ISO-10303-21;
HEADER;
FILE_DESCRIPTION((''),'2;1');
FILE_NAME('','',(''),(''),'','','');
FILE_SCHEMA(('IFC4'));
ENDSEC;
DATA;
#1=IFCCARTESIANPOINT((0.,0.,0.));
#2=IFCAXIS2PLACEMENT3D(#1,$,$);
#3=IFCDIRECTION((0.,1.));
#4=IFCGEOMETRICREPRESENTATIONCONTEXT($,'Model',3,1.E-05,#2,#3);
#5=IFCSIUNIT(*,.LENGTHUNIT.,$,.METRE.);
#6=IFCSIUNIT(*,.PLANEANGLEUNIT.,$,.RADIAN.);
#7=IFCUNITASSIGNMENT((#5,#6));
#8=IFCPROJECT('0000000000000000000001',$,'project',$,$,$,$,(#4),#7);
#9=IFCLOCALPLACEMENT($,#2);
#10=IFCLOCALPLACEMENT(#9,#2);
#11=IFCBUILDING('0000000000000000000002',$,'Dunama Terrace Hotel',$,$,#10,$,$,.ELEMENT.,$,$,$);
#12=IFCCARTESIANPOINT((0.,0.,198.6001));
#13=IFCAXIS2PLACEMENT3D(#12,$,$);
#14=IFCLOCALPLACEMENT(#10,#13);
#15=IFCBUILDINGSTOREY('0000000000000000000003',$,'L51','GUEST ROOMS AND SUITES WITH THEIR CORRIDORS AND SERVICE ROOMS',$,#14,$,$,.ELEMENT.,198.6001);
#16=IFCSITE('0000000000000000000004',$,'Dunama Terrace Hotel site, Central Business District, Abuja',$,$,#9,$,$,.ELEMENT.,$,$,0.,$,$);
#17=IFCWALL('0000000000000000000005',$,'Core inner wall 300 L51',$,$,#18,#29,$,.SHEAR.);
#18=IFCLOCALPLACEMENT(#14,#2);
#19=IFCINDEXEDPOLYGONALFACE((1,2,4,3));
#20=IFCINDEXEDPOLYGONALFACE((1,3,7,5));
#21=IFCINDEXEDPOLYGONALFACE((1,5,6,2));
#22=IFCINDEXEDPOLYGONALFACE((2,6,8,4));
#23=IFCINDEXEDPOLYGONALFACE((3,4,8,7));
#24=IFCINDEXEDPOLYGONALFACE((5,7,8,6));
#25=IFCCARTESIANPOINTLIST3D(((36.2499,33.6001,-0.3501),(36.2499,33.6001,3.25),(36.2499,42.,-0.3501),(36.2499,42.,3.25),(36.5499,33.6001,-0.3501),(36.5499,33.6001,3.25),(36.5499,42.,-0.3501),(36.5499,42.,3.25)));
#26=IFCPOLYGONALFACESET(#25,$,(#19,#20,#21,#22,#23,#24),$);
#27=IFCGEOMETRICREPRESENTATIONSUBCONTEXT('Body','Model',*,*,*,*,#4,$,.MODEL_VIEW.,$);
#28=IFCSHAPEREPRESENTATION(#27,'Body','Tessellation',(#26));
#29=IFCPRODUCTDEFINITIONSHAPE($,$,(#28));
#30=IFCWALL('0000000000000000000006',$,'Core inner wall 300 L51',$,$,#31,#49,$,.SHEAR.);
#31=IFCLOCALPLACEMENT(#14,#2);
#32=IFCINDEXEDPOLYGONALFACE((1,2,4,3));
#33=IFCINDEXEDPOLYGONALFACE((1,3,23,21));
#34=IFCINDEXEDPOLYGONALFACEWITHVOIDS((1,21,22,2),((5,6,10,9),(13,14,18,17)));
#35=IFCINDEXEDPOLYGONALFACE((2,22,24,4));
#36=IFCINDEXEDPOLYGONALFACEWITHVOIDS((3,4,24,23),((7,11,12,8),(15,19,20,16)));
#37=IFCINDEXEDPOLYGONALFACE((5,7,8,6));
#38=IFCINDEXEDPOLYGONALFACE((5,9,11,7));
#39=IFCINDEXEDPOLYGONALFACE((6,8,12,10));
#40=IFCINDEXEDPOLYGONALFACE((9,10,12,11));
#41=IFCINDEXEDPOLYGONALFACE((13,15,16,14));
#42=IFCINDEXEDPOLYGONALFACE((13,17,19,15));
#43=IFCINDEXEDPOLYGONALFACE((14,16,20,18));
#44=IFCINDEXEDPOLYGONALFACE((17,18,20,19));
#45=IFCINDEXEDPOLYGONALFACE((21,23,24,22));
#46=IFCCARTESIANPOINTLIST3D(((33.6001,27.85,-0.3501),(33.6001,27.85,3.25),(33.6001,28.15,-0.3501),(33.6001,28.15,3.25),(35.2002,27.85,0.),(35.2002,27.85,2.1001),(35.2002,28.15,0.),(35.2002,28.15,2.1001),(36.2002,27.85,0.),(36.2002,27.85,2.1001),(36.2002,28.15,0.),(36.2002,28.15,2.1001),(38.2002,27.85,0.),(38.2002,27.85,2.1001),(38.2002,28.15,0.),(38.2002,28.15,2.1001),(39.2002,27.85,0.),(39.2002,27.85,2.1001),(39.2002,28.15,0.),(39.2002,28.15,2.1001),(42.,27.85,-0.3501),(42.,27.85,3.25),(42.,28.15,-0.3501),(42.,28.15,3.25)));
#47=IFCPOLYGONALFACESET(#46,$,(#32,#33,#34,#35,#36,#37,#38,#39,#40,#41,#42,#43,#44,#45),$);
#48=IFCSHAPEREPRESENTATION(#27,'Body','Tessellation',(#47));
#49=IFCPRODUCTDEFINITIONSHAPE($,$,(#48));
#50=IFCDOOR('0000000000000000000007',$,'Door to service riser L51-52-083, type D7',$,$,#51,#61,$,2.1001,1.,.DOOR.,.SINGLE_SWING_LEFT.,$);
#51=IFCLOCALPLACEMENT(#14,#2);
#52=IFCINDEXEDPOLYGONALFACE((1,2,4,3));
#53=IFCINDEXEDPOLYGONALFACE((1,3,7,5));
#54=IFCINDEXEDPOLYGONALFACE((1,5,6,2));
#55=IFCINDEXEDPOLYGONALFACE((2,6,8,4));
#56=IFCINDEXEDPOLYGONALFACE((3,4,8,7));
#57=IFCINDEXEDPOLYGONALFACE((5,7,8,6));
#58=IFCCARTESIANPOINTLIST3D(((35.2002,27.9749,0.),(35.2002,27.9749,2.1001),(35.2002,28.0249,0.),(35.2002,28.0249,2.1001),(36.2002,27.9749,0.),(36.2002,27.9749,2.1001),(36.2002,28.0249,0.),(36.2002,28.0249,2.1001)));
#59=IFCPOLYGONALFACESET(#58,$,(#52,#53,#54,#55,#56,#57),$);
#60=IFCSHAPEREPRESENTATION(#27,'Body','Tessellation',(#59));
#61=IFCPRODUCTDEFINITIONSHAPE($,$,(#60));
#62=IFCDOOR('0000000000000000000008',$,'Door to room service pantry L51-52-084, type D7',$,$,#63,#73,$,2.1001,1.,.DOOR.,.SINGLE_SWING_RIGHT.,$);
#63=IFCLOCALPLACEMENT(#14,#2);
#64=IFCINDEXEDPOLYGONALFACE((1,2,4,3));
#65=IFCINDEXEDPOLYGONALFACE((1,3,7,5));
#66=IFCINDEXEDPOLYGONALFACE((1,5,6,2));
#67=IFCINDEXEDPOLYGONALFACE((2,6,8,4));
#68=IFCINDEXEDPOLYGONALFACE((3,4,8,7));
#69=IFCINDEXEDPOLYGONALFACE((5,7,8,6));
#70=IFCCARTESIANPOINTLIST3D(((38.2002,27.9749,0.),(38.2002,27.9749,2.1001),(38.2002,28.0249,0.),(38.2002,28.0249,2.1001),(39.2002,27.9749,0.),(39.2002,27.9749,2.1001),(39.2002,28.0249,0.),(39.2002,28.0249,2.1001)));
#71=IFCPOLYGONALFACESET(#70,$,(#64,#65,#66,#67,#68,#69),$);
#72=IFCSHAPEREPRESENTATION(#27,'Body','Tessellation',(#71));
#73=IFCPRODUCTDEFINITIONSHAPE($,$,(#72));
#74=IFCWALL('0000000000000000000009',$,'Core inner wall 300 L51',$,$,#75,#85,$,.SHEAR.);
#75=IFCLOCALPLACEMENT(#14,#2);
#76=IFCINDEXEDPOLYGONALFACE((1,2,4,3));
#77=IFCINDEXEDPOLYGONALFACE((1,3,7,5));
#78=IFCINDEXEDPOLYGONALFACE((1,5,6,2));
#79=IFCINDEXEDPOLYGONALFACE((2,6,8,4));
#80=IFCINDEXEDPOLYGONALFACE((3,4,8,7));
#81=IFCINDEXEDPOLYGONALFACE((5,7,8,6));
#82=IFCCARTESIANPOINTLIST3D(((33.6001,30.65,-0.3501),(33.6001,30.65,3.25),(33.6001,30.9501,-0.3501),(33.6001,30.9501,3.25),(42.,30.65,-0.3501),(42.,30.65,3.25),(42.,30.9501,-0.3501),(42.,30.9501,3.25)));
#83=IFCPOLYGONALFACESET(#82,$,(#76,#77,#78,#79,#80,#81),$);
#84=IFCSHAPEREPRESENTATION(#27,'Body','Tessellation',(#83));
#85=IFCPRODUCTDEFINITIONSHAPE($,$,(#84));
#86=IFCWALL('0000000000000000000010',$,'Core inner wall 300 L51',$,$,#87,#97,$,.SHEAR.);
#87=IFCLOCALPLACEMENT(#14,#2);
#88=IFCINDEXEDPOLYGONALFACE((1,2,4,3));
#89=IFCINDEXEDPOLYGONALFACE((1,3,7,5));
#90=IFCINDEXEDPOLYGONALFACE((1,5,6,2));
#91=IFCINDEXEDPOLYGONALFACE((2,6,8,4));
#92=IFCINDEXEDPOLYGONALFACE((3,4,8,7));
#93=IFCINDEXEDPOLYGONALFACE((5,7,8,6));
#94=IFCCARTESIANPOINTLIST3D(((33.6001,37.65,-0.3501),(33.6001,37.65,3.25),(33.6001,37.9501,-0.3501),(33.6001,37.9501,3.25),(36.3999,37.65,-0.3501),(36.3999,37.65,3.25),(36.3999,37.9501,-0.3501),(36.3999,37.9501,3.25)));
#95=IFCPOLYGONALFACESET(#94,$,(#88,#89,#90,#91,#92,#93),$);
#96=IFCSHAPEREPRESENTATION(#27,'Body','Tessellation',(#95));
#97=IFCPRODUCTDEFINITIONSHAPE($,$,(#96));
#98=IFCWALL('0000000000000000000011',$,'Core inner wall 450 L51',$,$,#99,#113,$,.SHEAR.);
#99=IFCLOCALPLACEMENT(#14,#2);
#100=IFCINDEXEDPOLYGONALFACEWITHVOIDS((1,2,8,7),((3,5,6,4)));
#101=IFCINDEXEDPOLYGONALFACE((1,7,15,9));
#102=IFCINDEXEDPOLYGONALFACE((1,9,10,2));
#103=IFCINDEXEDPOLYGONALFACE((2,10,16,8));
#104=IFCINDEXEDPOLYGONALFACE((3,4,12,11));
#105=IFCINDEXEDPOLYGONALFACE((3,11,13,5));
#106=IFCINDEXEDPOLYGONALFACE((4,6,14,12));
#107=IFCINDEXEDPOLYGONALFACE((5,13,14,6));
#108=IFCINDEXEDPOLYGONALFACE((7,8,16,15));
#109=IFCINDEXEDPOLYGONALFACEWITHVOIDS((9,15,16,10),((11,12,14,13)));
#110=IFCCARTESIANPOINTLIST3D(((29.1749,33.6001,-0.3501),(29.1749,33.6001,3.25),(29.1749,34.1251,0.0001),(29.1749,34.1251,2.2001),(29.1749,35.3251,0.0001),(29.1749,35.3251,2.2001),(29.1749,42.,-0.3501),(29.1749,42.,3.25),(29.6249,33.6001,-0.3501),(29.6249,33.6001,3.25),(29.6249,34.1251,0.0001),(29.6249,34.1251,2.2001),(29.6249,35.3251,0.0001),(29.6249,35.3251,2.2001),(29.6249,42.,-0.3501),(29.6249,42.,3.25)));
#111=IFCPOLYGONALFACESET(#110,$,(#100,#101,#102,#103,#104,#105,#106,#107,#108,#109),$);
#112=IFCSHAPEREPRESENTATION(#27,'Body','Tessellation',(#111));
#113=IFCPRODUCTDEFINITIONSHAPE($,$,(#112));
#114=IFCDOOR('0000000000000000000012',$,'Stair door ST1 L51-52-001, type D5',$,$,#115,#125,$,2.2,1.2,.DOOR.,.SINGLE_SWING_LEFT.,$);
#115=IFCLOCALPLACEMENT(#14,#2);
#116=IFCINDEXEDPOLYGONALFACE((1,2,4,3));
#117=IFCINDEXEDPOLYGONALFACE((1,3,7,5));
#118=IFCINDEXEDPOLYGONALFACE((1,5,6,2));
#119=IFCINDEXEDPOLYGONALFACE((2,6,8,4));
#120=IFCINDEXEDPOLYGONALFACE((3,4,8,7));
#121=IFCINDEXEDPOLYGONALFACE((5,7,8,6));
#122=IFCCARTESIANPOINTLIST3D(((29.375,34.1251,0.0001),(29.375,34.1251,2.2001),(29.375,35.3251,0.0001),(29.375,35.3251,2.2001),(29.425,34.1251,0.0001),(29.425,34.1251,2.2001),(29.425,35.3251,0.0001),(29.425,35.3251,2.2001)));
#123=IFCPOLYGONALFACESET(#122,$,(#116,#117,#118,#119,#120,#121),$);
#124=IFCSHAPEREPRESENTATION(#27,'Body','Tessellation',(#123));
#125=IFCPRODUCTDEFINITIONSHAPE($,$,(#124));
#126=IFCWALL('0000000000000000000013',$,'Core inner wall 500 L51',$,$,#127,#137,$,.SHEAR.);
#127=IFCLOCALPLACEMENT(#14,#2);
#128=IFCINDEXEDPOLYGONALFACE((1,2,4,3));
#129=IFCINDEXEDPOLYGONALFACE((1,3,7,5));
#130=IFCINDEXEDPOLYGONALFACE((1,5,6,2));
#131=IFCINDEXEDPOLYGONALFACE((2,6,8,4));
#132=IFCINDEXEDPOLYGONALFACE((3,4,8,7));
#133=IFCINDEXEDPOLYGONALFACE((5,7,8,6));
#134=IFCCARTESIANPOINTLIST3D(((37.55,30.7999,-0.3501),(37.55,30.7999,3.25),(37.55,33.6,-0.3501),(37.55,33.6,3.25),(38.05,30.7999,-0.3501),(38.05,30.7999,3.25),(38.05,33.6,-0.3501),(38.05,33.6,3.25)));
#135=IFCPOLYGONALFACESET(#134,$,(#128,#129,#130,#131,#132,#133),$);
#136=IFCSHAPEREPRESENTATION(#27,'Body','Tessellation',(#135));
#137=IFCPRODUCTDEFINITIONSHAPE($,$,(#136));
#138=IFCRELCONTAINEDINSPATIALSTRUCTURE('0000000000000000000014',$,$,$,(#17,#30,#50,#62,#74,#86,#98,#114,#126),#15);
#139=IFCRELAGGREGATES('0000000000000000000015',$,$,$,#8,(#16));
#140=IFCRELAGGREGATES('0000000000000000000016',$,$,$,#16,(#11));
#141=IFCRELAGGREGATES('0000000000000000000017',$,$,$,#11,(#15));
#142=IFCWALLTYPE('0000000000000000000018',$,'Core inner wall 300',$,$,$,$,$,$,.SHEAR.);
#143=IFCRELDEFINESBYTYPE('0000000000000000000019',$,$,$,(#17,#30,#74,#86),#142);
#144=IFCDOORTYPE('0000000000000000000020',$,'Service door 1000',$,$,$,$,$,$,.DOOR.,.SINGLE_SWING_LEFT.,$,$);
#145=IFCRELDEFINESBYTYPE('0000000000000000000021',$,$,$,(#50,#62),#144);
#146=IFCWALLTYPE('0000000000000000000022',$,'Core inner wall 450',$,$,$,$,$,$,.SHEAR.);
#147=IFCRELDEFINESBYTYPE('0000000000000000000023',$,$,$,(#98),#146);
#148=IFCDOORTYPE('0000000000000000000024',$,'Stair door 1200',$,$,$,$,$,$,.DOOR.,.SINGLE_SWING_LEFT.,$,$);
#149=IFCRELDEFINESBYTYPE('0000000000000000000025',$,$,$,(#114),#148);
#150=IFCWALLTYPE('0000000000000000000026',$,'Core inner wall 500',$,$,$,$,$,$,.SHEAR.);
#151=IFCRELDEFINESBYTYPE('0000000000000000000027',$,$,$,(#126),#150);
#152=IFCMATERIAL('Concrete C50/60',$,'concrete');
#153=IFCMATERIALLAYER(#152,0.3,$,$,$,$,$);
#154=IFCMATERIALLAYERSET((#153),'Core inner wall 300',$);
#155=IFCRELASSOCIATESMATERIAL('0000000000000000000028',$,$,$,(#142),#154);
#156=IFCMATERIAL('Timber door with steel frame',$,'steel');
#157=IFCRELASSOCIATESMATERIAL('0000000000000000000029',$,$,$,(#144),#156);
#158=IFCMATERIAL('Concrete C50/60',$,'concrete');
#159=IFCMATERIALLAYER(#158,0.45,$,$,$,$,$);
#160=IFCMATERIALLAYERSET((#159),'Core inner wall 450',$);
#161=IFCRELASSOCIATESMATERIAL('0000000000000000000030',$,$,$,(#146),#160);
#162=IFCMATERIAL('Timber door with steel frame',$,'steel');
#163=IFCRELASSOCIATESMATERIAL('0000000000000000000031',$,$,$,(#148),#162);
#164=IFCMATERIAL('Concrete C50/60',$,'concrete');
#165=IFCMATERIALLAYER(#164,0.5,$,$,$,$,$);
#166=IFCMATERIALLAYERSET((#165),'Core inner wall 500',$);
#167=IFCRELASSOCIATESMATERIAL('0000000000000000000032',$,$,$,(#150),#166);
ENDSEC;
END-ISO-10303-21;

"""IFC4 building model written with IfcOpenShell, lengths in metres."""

from ifc_helpers import new_model, si_unit, direction, frame, frame_2d, origin, place, context, subcontext, project, spatial, rectangle, extrude, material, layer, layer_set, type_object, element, fill, save


model = new_model("IFC4")

# Units and contexts
model_context = context("Model", 3, precision=1e-05, world=origin(), true_north=direction((0.0, 1.0)))
body_context = subcontext(model_context, "Body", "Model", "MODEL_VIEW")
ifc_project = project(units=[si_unit("LENGTHUNIT", "METRE"), si_unit("PLANEANGLEUNIT", "RADIAN")], contexts=[model_context])

# Site, building, storey
site_placement = place(None, origin())
site = spatial("IfcSite", under=ifc_project, at=site_placement, Name="Dunama Terrace Hotel site, Central Business District, Abuja", CompositionType="ELEMENT", RefElevation=0.0)
building_placement = place(site_placement, origin())
building = spatial("IfcBuilding", under=site, at=building_placement, Name="Dunama Terrace Hotel", CompositionType="ELEMENT")
storey_placement = place(building_placement, frame((0.0, 0.0, 198.6001)))
storey = spatial("IfcBuildingStorey", under=building, at=storey_placement, Name="L51", Description="GUEST ROOMS AND SUITES WITH THEIR CORRIDORS AND SERVICE ROOMS", CompositionType="ELEMENT", Elevation=198.6001)

# Wall
ifc_material_1 = material(Name="Concrete C50/60", Category="concrete")
ifc_layer_1 = layer(ifc_material_1, 0.3)
ifc_layer_set_1 = layer_set([ifc_layer_1], Name="Core inner wall 300")
wall_type_1 = type_object("IfcWallType", Name="Core inner wall 300", PredefinedType="SHEAR", material=ifc_layer_set_1)
wall_1_placement = place(storey_placement, frame((36.3999, 33.6001, -0.3501), z_axis=(0.0, 0.0, 1.0), x_axis=(0.0, 1.0, 0.0)))
element("IfcWall", 1, at=wall_1_placement, inside=storey, type_object=wall_type_1, Name="Core inner wall 300 L51", PredefinedType="SHEAR", context=body_context, shape_type="SweptSolid", body=[
    extrude(rectangle(XDim=8.3999, YDim=0.3, at=frame_2d((4.2, 0.0))), origin(), (0.0, 0.0, 1.0), 3.6001),
])

# Wall, openings, doors
wall_2_placement = place(storey_placement, frame((33.6001, 28.0, -0.3501), z_axis=(0.0, 0.0, 1.0), x_axis=(1.0, 0.0, 0.0)))
wall_2 = element("IfcWall", 2, at=wall_2_placement, inside=storey, type_object=wall_type_1, Name="Core inner wall 300 L51", PredefinedType="SHEAR", context=body_context, shape_type="SweptSolid", body=[
    extrude(rectangle(XDim=8.3999, YDim=0.3, at=frame_2d((4.2, 0.0))), origin(), (0.0, 0.0, 1.0), 3.6001),
])
opening_1_placement = place(wall_2_placement, frame((1.6001, 0.0, 0.3501)))
opening_1 = element("IfcOpeningElement", 3, at=opening_1_placement, cuts=wall_2, PredefinedType="OPENING", context=body_context, shape_type="SweptSolid", body=[
    extrude(rectangle(XDim=1.0, YDim=2.1001, at=frame_2d((0.5, 1.05))), frame((0.0, 0.1599, 0.0), z_axis=(0.0, -1.0, 0.0), x_axis=(1.0, 0.0, 0.0)), (0.0, 0.0, 1.0), 0.3201),
])
opening_2_placement = place(wall_2_placement, frame((4.6001, 0.0, 0.3501)))
opening_2 = element("IfcOpeningElement", 4, at=opening_2_placement, cuts=wall_2, PredefinedType="OPENING", context=body_context, shape_type="SweptSolid", body=[
    extrude(rectangle(XDim=1.0, YDim=2.1001, at=frame_2d((0.5, 1.05))), frame((0.0, 0.1599, 0.0), z_axis=(0.0, -1.0, 0.0), x_axis=(1.0, 0.0, 0.0)), (0.0, 0.0, 1.0), 0.3201),
])
ifc_material_2 = material(Name="Timber door with steel frame", Category="steel")
door_type_1 = type_object("IfcDoorType", Name="Service door 1000", OperationType="SINGLE_SWING_LEFT", PredefinedType="DOOR", material=ifc_material_2)
door_1_placement = place(opening_1_placement, frame((1.0, 0.0, 0.0), z_axis=(0.0, 0.0, 1.0), x_axis=(-1.0, 0.0, 0.0)))
door_1 = element("IfcDoor", 5, at=door_1_placement, inside=storey, type_object=door_type_1, Name="Door to service riser L51-52-083, type D7", OperationType="SINGLE_SWING_LEFT", OverallHeight=2.1001, OverallWidth=1.0, PredefinedType="DOOR", context=body_context, shape_type="SweptSolid", body=[
    extrude(rectangle(XDim=1.0, YDim=2.1001, at=frame_2d((0.5, 1.05))), frame((0.0, 0.0251, 0.0), z_axis=(0.0, -1.0, 0.0), x_axis=(1.0, 0.0, 0.0)), (0.0, 0.0, 1.0), 0.05),
])
fill(opening_1, door_1)
door_2_placement = place(opening_2_placement, frame((1.0, 0.0, 0.0), z_axis=(0.0, 0.0, 1.0), x_axis=(-1.0, 0.0, 0.0)))
door_2 = element("IfcDoor", 6, at=door_2_placement, inside=storey, type_object=door_type_1, Name="Door to room service pantry L51-52-084, type D7", OperationType="SINGLE_SWING_RIGHT", OverallHeight=2.1001, OverallWidth=1.0, PredefinedType="DOOR", context=body_context, shape_type="SweptSolid", body=[
    extrude(rectangle(XDim=1.0, YDim=2.1001, at=frame_2d((0.5, 1.05))), frame((0.0, 0.0251, 0.0), z_axis=(0.0, -1.0, 0.0), x_axis=(1.0, 0.0, 0.0)), (0.0, 0.0, 1.0), 0.05),
])
fill(opening_2, door_2)

# Walls
wall_3_placement = place(storey_placement, frame((33.6001, 30.8, -0.3501), z_axis=(0.0, 0.0, 1.0), x_axis=(1.0, 0.0, 0.0)))
element("IfcWall", 7, at=wall_3_placement, inside=storey, type_object=wall_type_1, Name="Core inner wall 300 L51", PredefinedType="SHEAR", context=body_context, shape_type="SweptSolid", body=[
    extrude(rectangle(XDim=8.3999, YDim=0.3, at=frame_2d((4.2, 0.0))), origin(), (0.0, 0.0, 1.0), 3.6001),
])
wall_4_placement = place(storey_placement, frame((33.6001, 37.8, -0.3501), z_axis=(0.0, 0.0, 1.0), x_axis=(1.0, 0.0, 0.0)))
element("IfcWall", 8, at=wall_4_placement, inside=storey, type_object=wall_type_1, Name="Core inner wall 300 L51", PredefinedType="SHEAR", context=body_context, shape_type="SweptSolid", body=[
    extrude(rectangle(XDim=2.7998, YDim=0.3, at=frame_2d((1.3999, 0.0))), origin(), (0.0, 0.0, 1.0), 3.6001),
])

# Wall, opening, door
ifc_material_3 = material(Name="Concrete C50/60", Category="concrete")
ifc_layer_2 = layer(ifc_material_3, 0.45)
ifc_layer_set_2 = layer_set([ifc_layer_2], Name="Core inner wall 450")
wall_type_2 = type_object("IfcWallType", Name="Core inner wall 450", PredefinedType="SHEAR", material=ifc_layer_set_2)
wall_5_placement = place(storey_placement, frame((29.3999, 33.6001, -0.3501), z_axis=(0.0, 0.0, 1.0), x_axis=(0.0, 1.0, 0.0)))
wall_5 = element("IfcWall", 9, at=wall_5_placement, inside=storey, type_object=wall_type_2, Name="Core inner wall 450 L51", PredefinedType="SHEAR", context=body_context, shape_type="SweptSolid", body=[
    extrude(rectangle(XDim=8.3999, YDim=0.45, at=frame_2d((4.2, 0.0))), origin(), (0.0, 0.0, 1.0), 3.6001),
])
opening_3_placement = place(wall_5_placement, frame((0.5249, 0.0, 0.3501)))
opening_3 = element("IfcOpeningElement", 10, at=opening_3_placement, cuts=wall_5, PredefinedType="OPENING", context=body_context, shape_type="SweptSolid", body=[
    extrude(rectangle(XDim=1.2, YDim=2.2, at=frame_2d((0.6001, 1.1001))), frame((0.0, 0.2349, 0.0), z_axis=(0.0, -1.0, 0.0), x_axis=(1.0, 0.0, 0.0)), (0.0, 0.0, 1.0), 0.47),
])
ifc_material_4 = material(Name="Timber door with steel frame", Category="steel")
door_type_2 = type_object("IfcDoorType", Name="Stair door 1200", OperationType="SINGLE_SWING_LEFT", PredefinedType="DOOR", material=ifc_material_4)
door_3_placement = place(opening_3_placement, origin())
door_3 = element("IfcDoor", 11, at=door_3_placement, inside=storey, type_object=door_type_2, Name="Stair door ST1 L51-52-001, type D5", OperationType="SINGLE_SWING_LEFT", OverallHeight=2.2, OverallWidth=1.2, PredefinedType="DOOR", context=body_context, shape_type="SweptSolid", body=[
    extrude(rectangle(XDim=1.2, YDim=2.2, at=frame_2d((0.6001, 1.1001))), frame((0.0, 0.0249, 0.0), z_axis=(0.0, -1.0, 0.0), x_axis=(1.0, 0.0, 0.0)), (0.0, 0.0, 1.0), 0.05),
])
fill(opening_3, door_3)

# Wall
ifc_material_5 = material(Name="Concrete C50/60", Category="concrete")
ifc_layer_3 = layer(ifc_material_5, 0.5)
ifc_layer_set_3 = layer_set([ifc_layer_3], Name="Core inner wall 500")
wall_type_3 = type_object("IfcWallType", Name="Core inner wall 500", PredefinedType="SHEAR", material=ifc_layer_set_3)
wall_6_placement = place(storey_placement, frame((37.8, 30.8, -0.3501), z_axis=(0.0, 0.0, 1.0), x_axis=(0.0, 1.0, 0.0)))
element("IfcWall", 12, at=wall_6_placement, inside=storey, type_object=wall_type_3, Name="Core inner wall 500 L51", PredefinedType="SHEAR", context=body_context, shape_type="SweptSolid", body=[
    extrude(rectangle(XDim=2.8, YDim=0.5, at=frame_2d((1.3999, 0.0))), origin(), (0.0, 0.0, 1.0), 3.6001),
])

save(model, "model.ifc")
